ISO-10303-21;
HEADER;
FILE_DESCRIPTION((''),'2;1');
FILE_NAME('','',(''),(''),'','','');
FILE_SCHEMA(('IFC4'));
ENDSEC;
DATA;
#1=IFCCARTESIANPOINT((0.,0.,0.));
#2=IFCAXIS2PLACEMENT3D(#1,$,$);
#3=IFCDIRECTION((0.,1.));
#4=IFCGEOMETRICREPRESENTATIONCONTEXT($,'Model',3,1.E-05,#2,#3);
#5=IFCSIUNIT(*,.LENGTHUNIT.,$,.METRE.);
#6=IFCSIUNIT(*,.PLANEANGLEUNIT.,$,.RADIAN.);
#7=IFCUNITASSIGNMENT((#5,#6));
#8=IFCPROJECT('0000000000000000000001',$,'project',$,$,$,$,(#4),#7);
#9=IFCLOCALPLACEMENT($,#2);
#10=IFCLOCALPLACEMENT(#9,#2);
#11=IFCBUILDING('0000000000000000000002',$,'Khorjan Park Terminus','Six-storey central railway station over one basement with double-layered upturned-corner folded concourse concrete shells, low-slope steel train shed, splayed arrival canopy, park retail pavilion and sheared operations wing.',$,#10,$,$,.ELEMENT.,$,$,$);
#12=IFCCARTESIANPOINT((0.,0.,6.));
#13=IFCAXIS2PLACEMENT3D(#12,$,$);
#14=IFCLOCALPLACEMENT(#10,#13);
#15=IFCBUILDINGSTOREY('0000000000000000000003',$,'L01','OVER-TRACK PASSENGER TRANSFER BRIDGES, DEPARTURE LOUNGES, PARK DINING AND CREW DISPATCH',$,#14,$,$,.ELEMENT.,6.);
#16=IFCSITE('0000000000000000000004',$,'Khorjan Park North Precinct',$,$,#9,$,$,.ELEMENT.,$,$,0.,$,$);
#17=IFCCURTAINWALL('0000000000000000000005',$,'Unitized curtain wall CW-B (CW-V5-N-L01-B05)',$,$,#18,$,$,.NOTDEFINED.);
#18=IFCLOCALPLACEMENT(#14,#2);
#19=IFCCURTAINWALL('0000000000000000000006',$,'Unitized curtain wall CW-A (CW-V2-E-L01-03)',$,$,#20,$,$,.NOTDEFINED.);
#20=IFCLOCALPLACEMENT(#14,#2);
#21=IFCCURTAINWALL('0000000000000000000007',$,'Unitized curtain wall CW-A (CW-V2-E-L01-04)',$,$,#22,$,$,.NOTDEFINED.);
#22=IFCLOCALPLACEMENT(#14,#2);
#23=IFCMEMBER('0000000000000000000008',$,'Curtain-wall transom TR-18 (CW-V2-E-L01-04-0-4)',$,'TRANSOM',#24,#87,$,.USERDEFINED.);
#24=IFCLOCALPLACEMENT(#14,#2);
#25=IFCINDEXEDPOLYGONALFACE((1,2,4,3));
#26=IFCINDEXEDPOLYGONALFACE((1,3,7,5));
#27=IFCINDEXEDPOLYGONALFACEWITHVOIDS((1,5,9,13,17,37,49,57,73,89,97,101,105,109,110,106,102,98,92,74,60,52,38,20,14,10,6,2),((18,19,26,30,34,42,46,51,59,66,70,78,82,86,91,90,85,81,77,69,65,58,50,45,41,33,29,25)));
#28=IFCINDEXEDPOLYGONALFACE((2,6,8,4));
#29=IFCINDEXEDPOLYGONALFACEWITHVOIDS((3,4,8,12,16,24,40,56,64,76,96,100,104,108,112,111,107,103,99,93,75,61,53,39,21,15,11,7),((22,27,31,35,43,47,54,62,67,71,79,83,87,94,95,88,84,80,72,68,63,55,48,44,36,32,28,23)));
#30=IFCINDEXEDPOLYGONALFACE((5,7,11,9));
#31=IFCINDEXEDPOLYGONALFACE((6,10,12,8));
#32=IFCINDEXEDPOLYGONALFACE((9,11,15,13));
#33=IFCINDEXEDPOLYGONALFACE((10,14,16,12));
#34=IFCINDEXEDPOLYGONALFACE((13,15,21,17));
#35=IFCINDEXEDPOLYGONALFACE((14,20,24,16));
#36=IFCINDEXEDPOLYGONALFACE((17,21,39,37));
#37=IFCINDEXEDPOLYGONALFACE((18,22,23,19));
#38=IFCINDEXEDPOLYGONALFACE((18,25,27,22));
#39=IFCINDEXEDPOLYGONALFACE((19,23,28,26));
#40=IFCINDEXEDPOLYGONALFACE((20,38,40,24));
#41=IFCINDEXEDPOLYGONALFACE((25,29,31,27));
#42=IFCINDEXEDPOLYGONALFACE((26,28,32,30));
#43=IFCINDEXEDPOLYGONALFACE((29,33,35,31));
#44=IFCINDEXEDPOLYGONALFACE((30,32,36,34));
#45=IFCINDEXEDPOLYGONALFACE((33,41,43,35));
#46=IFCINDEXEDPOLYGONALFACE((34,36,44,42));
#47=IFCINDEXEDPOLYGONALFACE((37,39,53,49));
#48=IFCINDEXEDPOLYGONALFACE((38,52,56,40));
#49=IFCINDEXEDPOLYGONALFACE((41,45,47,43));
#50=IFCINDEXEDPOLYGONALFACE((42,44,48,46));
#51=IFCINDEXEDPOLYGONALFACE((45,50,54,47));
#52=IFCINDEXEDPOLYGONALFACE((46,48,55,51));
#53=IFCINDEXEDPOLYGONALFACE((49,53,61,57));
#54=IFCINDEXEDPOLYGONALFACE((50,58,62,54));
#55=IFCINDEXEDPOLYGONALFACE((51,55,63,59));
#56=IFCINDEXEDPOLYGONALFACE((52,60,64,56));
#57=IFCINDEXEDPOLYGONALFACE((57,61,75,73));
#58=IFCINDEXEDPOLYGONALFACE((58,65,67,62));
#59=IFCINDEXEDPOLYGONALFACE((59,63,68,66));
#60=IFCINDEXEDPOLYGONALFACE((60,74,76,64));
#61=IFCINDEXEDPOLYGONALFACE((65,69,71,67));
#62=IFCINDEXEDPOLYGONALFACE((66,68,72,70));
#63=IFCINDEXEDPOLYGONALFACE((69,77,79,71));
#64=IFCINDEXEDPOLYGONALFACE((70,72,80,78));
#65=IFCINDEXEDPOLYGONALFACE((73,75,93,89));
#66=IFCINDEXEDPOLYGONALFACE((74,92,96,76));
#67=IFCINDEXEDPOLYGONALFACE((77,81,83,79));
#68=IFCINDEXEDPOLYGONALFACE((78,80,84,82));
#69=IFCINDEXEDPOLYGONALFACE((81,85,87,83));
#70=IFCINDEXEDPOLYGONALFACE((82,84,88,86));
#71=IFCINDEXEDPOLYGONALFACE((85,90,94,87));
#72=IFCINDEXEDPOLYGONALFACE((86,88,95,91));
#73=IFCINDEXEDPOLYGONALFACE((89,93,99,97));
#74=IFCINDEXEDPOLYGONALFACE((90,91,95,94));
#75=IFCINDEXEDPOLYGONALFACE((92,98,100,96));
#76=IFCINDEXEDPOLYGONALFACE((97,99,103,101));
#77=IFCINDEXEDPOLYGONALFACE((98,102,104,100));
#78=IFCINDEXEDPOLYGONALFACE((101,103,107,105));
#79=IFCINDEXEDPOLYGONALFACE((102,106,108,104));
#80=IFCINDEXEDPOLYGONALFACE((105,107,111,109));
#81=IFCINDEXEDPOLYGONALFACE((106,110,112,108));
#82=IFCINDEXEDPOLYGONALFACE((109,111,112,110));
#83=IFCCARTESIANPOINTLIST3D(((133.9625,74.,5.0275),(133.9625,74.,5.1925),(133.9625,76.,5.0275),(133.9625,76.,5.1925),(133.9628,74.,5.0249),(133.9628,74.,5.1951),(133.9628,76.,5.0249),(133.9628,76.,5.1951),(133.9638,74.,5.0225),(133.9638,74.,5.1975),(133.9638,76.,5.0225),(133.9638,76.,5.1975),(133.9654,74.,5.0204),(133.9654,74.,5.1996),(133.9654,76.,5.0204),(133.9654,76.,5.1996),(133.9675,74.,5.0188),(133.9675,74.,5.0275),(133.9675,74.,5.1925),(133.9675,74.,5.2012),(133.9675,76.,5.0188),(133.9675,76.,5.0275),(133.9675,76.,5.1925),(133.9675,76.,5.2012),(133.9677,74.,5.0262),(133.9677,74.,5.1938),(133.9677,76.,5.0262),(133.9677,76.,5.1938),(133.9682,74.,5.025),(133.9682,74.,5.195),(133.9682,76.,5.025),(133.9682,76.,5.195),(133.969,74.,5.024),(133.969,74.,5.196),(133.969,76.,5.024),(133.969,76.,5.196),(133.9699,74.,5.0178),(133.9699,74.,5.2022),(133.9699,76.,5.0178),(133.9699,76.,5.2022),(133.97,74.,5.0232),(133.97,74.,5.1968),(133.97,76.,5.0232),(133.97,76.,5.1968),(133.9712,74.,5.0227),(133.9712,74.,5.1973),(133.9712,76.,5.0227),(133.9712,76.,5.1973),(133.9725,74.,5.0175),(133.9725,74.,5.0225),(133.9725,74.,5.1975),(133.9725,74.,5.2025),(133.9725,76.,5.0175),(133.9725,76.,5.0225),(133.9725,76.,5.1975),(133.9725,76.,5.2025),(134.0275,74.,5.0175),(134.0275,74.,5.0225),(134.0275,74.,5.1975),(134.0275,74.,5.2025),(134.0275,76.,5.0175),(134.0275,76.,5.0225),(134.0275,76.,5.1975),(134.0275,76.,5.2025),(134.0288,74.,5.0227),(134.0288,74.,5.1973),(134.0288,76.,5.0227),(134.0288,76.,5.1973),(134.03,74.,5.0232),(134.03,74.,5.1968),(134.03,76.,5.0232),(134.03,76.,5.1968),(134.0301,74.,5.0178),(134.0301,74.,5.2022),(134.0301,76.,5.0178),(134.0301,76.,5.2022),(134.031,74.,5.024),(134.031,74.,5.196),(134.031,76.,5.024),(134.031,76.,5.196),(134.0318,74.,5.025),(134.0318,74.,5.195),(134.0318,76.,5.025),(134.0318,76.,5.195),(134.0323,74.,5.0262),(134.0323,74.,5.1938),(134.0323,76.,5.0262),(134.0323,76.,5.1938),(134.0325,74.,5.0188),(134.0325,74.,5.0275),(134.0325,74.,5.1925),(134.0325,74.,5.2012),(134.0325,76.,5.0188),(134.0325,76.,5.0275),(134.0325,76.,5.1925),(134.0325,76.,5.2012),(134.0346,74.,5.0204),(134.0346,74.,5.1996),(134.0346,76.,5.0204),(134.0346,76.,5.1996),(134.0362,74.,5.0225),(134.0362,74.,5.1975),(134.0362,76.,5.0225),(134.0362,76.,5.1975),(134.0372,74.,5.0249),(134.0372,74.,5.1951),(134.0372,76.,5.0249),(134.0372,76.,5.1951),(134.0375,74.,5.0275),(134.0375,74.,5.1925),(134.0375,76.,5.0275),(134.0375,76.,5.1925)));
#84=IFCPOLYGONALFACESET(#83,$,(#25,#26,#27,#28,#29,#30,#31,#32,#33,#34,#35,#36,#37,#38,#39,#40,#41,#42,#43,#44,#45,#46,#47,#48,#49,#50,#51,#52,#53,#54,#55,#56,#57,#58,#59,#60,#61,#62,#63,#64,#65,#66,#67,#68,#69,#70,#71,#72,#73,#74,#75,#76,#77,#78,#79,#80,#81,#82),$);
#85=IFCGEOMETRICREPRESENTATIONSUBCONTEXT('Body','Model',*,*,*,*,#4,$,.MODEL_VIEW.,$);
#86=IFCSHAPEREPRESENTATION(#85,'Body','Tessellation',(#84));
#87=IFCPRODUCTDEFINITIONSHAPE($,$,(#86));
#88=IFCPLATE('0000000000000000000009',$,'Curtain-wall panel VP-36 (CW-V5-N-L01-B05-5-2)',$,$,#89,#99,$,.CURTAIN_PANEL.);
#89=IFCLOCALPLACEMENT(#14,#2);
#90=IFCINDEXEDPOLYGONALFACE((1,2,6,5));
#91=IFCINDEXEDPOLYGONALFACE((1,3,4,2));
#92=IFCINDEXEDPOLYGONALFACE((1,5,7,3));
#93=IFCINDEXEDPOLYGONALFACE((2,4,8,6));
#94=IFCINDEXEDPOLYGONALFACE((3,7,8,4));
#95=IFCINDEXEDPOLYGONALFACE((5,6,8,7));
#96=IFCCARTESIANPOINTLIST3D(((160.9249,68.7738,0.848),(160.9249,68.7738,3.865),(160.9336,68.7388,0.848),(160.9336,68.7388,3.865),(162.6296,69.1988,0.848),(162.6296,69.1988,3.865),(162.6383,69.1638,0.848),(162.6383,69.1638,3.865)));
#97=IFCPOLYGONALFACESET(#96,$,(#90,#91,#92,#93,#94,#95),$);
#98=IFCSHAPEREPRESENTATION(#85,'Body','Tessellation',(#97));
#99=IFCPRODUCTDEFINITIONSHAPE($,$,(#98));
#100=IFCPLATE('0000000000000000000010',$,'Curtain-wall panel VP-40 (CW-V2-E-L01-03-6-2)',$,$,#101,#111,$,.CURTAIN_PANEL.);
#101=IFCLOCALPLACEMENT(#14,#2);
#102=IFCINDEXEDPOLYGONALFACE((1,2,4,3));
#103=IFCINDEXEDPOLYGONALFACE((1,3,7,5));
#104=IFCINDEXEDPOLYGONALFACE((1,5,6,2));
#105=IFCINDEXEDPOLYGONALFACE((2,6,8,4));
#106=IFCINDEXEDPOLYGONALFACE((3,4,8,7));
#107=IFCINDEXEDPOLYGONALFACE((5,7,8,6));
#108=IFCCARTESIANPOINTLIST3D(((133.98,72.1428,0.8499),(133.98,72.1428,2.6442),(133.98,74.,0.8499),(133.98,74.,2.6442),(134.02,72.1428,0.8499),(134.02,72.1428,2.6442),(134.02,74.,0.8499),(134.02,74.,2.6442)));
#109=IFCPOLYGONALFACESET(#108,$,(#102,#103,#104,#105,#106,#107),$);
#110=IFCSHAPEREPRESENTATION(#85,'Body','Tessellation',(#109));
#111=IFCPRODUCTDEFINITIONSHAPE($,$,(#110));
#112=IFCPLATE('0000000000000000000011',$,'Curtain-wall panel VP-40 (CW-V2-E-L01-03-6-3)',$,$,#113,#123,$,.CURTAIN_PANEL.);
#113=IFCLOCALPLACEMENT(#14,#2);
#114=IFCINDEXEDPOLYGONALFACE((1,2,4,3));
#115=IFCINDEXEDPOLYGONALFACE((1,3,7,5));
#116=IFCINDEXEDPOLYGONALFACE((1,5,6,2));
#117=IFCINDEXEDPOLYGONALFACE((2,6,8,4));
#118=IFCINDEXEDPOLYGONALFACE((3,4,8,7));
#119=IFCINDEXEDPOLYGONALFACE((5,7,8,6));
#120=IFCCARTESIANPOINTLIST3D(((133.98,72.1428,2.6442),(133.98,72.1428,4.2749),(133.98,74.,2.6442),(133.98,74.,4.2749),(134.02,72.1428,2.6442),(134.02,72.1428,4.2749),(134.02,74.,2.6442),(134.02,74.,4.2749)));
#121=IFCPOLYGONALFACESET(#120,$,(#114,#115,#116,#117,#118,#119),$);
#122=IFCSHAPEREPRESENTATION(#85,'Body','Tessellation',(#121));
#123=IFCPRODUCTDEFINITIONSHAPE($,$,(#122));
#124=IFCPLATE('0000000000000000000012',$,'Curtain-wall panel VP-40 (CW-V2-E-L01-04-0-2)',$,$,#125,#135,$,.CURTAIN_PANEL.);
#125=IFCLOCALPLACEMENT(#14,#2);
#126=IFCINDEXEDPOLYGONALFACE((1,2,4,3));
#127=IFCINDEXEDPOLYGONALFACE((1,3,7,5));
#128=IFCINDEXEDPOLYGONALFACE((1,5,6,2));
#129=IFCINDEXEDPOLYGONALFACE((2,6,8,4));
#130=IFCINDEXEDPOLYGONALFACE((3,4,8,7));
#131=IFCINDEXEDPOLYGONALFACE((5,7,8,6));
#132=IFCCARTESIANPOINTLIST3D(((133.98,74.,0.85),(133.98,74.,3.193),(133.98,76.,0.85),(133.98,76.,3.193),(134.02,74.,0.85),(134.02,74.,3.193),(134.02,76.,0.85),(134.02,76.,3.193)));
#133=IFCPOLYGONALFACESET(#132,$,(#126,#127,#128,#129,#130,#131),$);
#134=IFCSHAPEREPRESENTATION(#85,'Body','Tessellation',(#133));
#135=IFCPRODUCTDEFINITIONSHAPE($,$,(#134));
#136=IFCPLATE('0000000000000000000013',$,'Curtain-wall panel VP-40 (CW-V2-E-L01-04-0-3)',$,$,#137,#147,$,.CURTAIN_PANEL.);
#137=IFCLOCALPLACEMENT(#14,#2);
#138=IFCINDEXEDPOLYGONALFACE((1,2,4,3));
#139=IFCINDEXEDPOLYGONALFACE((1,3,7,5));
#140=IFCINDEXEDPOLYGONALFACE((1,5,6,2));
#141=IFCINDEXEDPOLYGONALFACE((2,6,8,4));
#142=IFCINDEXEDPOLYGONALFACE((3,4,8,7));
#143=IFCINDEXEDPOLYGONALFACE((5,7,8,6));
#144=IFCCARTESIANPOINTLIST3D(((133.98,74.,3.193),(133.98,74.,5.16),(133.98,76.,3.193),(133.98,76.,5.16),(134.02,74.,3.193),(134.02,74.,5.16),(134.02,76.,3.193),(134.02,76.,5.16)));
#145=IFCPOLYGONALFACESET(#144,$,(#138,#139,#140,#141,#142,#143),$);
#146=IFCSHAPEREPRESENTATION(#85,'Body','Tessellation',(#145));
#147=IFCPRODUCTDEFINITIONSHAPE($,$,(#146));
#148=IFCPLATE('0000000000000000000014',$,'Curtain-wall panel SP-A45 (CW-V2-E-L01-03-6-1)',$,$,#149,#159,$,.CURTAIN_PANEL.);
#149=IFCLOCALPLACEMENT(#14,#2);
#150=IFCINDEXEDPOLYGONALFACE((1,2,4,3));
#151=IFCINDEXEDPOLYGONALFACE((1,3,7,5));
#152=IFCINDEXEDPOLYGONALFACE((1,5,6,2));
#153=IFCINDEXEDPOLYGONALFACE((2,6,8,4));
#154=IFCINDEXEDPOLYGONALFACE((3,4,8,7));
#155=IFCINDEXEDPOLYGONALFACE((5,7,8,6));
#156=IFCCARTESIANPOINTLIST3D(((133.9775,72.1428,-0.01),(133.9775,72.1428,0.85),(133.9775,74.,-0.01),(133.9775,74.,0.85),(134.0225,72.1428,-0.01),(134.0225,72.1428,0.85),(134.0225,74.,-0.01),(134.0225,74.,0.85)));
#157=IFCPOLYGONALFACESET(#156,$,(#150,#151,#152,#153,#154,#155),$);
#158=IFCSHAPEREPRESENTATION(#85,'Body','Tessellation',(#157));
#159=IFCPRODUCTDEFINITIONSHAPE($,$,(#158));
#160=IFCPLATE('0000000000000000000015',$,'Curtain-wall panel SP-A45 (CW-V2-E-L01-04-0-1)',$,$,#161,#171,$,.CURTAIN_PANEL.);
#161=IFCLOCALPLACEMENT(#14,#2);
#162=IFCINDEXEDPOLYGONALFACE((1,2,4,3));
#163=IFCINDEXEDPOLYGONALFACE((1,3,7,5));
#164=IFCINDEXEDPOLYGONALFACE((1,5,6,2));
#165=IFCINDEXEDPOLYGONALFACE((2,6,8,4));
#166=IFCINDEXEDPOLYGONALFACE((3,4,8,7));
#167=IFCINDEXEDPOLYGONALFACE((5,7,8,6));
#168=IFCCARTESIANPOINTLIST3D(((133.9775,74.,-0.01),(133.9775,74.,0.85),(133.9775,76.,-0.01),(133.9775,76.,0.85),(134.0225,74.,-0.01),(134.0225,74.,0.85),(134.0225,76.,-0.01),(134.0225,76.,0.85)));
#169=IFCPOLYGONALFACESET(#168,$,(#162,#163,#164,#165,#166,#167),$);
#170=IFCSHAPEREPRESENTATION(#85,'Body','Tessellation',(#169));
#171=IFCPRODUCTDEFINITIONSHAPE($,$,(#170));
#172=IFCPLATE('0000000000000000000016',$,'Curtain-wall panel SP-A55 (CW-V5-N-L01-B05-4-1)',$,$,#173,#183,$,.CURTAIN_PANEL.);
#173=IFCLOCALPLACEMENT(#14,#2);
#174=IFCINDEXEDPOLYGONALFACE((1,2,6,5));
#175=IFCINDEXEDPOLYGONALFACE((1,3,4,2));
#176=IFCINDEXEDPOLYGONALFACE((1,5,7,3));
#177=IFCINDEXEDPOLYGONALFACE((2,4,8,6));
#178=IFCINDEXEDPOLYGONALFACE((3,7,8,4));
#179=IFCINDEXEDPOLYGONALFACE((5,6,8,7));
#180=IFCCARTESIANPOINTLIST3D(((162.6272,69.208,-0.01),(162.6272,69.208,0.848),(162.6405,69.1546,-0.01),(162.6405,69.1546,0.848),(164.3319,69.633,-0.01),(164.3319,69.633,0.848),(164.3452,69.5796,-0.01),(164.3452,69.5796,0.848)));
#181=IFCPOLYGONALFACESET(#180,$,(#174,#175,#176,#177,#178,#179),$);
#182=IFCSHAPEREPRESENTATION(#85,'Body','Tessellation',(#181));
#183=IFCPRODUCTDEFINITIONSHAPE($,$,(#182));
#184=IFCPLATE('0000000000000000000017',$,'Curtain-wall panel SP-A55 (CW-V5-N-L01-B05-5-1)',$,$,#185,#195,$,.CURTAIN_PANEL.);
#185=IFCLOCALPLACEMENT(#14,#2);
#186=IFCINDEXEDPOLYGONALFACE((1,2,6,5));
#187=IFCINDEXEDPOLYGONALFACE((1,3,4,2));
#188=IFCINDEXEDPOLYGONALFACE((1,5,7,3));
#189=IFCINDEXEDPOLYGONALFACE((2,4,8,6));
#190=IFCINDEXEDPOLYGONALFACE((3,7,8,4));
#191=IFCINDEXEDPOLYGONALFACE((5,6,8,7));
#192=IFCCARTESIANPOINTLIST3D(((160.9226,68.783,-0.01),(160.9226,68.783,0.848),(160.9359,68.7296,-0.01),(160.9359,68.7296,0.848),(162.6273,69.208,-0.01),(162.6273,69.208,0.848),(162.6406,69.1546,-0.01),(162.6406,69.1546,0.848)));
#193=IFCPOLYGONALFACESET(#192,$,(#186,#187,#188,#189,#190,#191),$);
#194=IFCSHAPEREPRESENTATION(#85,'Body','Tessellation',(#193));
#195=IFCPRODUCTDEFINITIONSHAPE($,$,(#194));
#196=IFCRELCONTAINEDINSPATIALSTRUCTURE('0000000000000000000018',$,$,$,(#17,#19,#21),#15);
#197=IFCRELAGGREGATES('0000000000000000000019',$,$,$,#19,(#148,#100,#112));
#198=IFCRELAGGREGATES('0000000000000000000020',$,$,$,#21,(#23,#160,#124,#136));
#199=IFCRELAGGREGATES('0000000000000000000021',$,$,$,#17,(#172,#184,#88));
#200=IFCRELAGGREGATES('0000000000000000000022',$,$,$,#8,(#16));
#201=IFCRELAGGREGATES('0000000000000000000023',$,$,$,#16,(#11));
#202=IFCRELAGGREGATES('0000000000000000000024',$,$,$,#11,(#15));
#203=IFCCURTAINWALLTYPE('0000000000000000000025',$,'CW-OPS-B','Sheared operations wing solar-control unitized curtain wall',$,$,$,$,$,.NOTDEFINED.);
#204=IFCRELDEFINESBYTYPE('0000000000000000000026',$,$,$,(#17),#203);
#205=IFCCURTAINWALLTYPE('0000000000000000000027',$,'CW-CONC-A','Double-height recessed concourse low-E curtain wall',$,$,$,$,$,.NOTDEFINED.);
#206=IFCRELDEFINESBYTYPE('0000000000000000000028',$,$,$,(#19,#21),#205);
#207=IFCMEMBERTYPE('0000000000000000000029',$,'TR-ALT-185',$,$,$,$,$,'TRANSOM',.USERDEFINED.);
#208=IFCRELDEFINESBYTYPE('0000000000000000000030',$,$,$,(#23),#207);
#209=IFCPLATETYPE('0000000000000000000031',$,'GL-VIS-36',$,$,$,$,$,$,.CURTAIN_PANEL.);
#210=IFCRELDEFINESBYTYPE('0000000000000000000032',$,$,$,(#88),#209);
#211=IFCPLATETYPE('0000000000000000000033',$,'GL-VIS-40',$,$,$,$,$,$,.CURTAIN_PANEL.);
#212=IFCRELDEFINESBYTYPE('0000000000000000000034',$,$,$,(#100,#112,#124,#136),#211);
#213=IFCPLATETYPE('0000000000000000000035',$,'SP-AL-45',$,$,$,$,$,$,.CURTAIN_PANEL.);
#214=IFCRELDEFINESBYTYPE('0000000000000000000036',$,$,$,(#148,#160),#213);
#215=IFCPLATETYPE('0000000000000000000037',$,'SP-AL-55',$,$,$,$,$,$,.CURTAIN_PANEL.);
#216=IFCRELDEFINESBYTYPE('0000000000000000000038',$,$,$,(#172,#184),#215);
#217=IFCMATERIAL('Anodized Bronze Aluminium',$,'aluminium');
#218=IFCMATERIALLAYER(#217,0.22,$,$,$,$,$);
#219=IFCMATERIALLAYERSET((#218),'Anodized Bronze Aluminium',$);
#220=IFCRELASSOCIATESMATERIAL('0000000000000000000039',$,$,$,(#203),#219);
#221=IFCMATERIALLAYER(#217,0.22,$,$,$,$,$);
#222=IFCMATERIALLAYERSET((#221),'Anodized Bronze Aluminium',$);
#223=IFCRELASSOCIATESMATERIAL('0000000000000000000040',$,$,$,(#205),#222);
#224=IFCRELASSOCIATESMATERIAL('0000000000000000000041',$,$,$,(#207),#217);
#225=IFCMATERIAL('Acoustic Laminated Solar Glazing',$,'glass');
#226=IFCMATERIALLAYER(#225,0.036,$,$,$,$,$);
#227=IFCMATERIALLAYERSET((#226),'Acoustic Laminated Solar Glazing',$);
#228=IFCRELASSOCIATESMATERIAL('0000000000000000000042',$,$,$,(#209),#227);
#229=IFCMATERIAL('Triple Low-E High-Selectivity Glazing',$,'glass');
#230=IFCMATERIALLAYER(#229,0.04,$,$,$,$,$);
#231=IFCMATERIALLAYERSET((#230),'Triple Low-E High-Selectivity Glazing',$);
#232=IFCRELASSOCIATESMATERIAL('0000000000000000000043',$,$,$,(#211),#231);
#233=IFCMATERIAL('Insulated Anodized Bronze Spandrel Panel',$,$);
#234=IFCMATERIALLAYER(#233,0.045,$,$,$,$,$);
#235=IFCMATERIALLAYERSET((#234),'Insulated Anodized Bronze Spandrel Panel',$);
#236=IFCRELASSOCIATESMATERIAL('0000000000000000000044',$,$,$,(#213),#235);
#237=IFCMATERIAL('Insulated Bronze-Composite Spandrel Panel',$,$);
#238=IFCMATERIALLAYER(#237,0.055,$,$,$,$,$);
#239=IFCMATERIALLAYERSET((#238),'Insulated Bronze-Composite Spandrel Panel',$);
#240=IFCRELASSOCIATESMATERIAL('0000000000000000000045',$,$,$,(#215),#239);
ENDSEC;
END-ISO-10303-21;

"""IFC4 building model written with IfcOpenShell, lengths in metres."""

from ifc_helpers import new_model, si_unit, direction, frame, origin, origin_2d, place, context, subcontext, project, spatial, rectangle, hollow_rectangle, extrude, material, layer, layer_set, material_profile, profile_set, type_object, element, aggregate, save


model = new_model("IFC4")

# Units and contexts
model_context = context("Model", 3, precision=1e-05, world=origin(), true_north=direction((0.0, 1.0)))
body_context = subcontext(model_context, "Body", "Model", "MODEL_VIEW")
ifc_project = project(units=[si_unit("LENGTHUNIT", "METRE"), si_unit("PLANEANGLEUNIT", "RADIAN")], contexts=[model_context])

# Site, building, storey
site_placement = place(None, origin())
site = spatial("IfcSite", under=ifc_project, at=site_placement, Name="Khorjan Park North Precinct", CompositionType="ELEMENT", RefElevation=0.0)
building_placement = place(site_placement, origin())
building = spatial("IfcBuilding", under=site, at=building_placement, Name="Khorjan Park Terminus", Description="Six-storey central railway station over one basement with double-layered upturned-corner folded concourse concrete shells, low-slope steel train shed, splayed arrival canopy, park retail pavilion and sheared operations wing.", CompositionType="ELEMENT")
storey_placement = place(building_placement, frame((0.0, 0.0, 6.0)))
storey = spatial("IfcBuildingStorey", under=building, at=storey_placement, Name="L01", Description="OVER-TRACK PASSENGER TRANSFER BRIDGES, DEPARTURE LOUNGES, PARK DINING AND CREW DISPATCH", CompositionType="ELEMENT", Elevation=6.0)

# Curtain wall
ifc_material_1 = material(Name="Anodized Bronze Aluminium", Category="aluminium")
ifc_layer_1 = layer(ifc_material_1, 0.22)
ifc_layer_set_1 = layer_set([ifc_layer_1], Name="Anodized Bronze Aluminium")
curtain_wall_type_1 = type_object("IfcCurtainWallType", Name="CW-OPS-B", Description="Sheared operations wing solar-control unitized curtain wall", PredefinedType="NOTDEFINED", material=ifc_layer_set_1)
curtain_wall_1_placement = place(storey_placement, origin())
curtain_wall_1 = element("IfcCurtainWall", 1, at=curtain_wall_1_placement, inside=storey, type_object=curtain_wall_type_1, Name="Unitized curtain wall CW-B (CW-V5-N-L01-B05)", PredefinedType="NOTDEFINED")

# Curtain wall
ifc_layer_2 = layer(ifc_material_1, 0.22)
ifc_layer_set_2 = layer_set([ifc_layer_2], Name="Anodized Bronze Aluminium")
curtain_wall_type_2 = type_object("IfcCurtainWallType", Name="CW-CONC-A", Description="Double-height recessed concourse low-E curtain wall", PredefinedType="NOTDEFINED", material=ifc_layer_set_2)
curtain_wall_2_placement = place(storey_placement, origin())
curtain_wall_2 = element("IfcCurtainWall", 2, at=curtain_wall_2_placement, inside=storey, type_object=curtain_wall_type_2, Name="Unitized curtain wall CW-A (CW-V2-E-L01-03)", PredefinedType="NOTDEFINED")

# Shared definitions
ifc_material_profile_1 = material_profile(ifc_material_1, hollow_rectangle(XDim=0.075, YDim=0.185, WallThickness=0.005, InnerFilletRadius=0.005, OuterFilletRadius=0.01, at=origin_2d()), Name="ALT 75x185x5")
ifc_profile_set_1 = profile_set([ifc_material_profile_1], Name="Anodized Bronze Aluminium")
member_type_1 = type_object("IfcMemberType", Name="TR-ALT-185", ElementType="TRANSOM", PredefinedType="USERDEFINED", material=ifc_profile_set_1)

# Curtain wall, member
curtain_wall_3_placement = place(storey_placement, origin())
curtain_wall_3 = element("IfcCurtainWall", 3, at=curtain_wall_3_placement, inside=storey, type_object=curtain_wall_type_2, Name="Unitized curtain wall CW-A (CW-V2-E-L01-04)", PredefinedType="NOTDEFINED")
member_1_placement = place(storey_placement, frame((134.0, 74.0, 5.11), z_axis=(0.0, 1.0, 0.0), x_axis=(-1.0, 0.0, 0.0)))
member_1 = element("IfcMember", 4, at=member_1_placement, type_object=member_type_1, Name="Curtain-wall transom TR-18 (CW-V2-E-L01-04-0-4)", ObjectType="TRANSOM", PredefinedType="USERDEFINED", context=body_context, shape_type="SweptSolid", body=[
    extrude(hollow_rectangle(XDim=0.075, YDim=0.185, WallThickness=0.005, InnerFilletRadius=0.005, OuterFilletRadius=0.01, at=origin_2d()), origin(), (0.0, 0.0, 1.0), 2.0),
])

# Plates
ifc_material_2 = material(Name="Acoustic Laminated Solar Glazing", Category="glass")
ifc_layer_3 = layer(ifc_material_2, 0.036)
ifc_layer_set_3 = layer_set([ifc_layer_3], Name="Acoustic Laminated Solar Glazing")
plate_type_1 = type_object("IfcPlateType", Name="GL-VIS-36", PredefinedType="CURTAIN_PANEL", material=ifc_layer_set_3)
plate_1_placement = place(storey_placement, frame((161.7816, 68.9688, 0.848), z_axis=(0.0, 0.0, 1.0), x_axis=(-0.970299, -0.241911, 0.0)))
plate_1 = element("IfcPlate", 5, at=plate_1_placement, type_object=plate_type_1, Name="Curtain-wall panel VP-36 (CW-V5-N-L01-B05-5-2)", PredefinedType="CURTAIN_PANEL", context=body_context, shape_type="SweptSolid", body=[
    extrude(rectangle(XDim=1.7568, YDim=0.036, at=origin_2d()), origin(), (0.0, 0.0, 1.0), 3.017),
])
ifc_material_3 = material(Name="Triple Low-E High-Selectivity Glazing", Category="glass")
ifc_layer_4 = layer(ifc_material_3, 0.04)
ifc_layer_set_4 = layer_set([ifc_layer_4], Name="Triple Low-E High-Selectivity Glazing")
plate_type_2 = type_object("IfcPlateType", Name="GL-VIS-40", PredefinedType="CURTAIN_PANEL", material=ifc_layer_set_4)
plate_2_placement = place(storey_placement, frame((134.0, 73.0714, 0.8499), z_axis=(0.0, 0.0, 1.0), x_axis=(0.0, 1.0, 0.0)))
plate_2 = element("IfcPlate", 6, at=plate_2_placement, type_object=plate_type_2, Name="Curtain-wall panel VP-40 (CW-V2-E-L01-03-6-2)", PredefinedType="CURTAIN_PANEL", context=body_context, shape_type="SweptSolid", body=[
    extrude(rectangle(XDim=1.8571, YDim=0.04, at=origin_2d()), origin(), (0.0, 0.0, 1.0), 1.7943),
])
plate_3_placement = place(storey_placement, frame((134.0, 73.0714, 2.6442), z_axis=(0.0, 0.0, 1.0), x_axis=(0.0, 1.0, 0.0)))
plate_3 = element("IfcPlate", 7, at=plate_3_placement, type_object=plate_type_2, Name="Curtain-wall panel VP-40 (CW-V2-E-L01-03-6-3)", PredefinedType="CURTAIN_PANEL", context=body_context, shape_type="SweptSolid", body=[
    extrude(rectangle(XDim=1.8571, YDim=0.04, at=origin_2d()), origin(), (0.0, 0.0, 1.0), 1.6307),
])
plate_4_placement = place(storey_placement, frame((134.0, 75.0, 0.85), z_axis=(0.0, 0.0, 1.0), x_axis=(0.0, 1.0, 0.0)))
plate_4 = element("IfcPlate", 8, at=plate_4_placement, type_object=plate_type_2, Name="Curtain-wall panel VP-40 (CW-V2-E-L01-04-0-2)", PredefinedType="CURTAIN_PANEL", context=body_context, shape_type="SweptSolid", body=[
    extrude(rectangle(XDim=2.0, YDim=0.04, at=origin_2d()), origin(), (0.0, 0.0, 1.0), 2.343),
])
plate_5_placement = place(storey_placement, frame((134.0, 75.0, 3.193), z_axis=(0.0, 0.0, 1.0), x_axis=(0.0, 1.0, 0.0)))
plate_5 = element("IfcPlate", 9, at=plate_5_placement, type_object=plate_type_2, Name="Curtain-wall panel VP-40 (CW-V2-E-L01-04-0-3)", PredefinedType="CURTAIN_PANEL", context=body_context, shape_type="SweptSolid", body=[
    extrude(rectangle(XDim=2.0, YDim=0.04, at=origin_2d()), origin(), (0.0, 0.0, 1.0), 1.967),
])
ifc_material_4 = material(Name="Insulated Anodized Bronze Spandrel Panel")
ifc_layer_5 = layer(ifc_material_4, 0.045)
ifc_layer_set_5 = layer_set([ifc_layer_5], Name="Insulated Anodized Bronze Spandrel Panel")
plate_type_3 = type_object("IfcPlateType", Name="SP-AL-45", PredefinedType="CURTAIN_PANEL", material=ifc_layer_set_5)
plate_6_placement = place(storey_placement, frame((134.0, 73.0714, -0.01), z_axis=(0.0, 0.0, 1.0), x_axis=(0.0, 1.0, 0.0)))
plate_6 = element("IfcPlate", 10, at=plate_6_placement, type_object=plate_type_3, Name="Curtain-wall panel SP-A45 (CW-V2-E-L01-03-6-1)", PredefinedType="CURTAIN_PANEL", context=body_context, shape_type="SweptSolid", body=[
    extrude(rectangle(XDim=1.8571, YDim=0.045, at=origin_2d()), origin(), (0.0, 0.0, 1.0), 0.86),
])
aggregate(curtain_wall_2, [plate_6, plate_2, plate_3])
plate_7_placement = place(storey_placement, frame((134.0, 75.0, -0.01), z_axis=(0.0, 0.0, 1.0), x_axis=(0.0, 1.0, 0.0)))
plate_7 = element("IfcPlate", 11, at=plate_7_placement, type_object=plate_type_3, Name="Curtain-wall panel SP-A45 (CW-V2-E-L01-04-0-1)", PredefinedType="CURTAIN_PANEL", context=body_context, shape_type="SweptSolid", body=[
    extrude(rectangle(XDim=2.0, YDim=0.045, at=origin_2d()), origin(), (0.0, 0.0, 1.0), 0.86),
])
aggregate(curtain_wall_3, [member_1, plate_7, plate_4, plate_5])
ifc_material_5 = material(Name="Insulated Bronze-Composite Spandrel Panel")
ifc_layer_6 = layer(ifc_material_5, 0.055)
ifc_layer_set_6 = layer_set([ifc_layer_6], Name="Insulated Bronze-Composite Spandrel Panel")
plate_type_4 = type_object("IfcPlateType", Name="SP-AL-55", PredefinedType="CURTAIN_PANEL", material=ifc_layer_set_6)
plate_8_placement = place(storey_placement, frame((163.4862, 69.3938, -0.01), z_axis=(0.0, 0.0, 1.0), x_axis=(-0.970299, -0.241911, 0.0)))
plate_8 = element("IfcPlate", 12, at=plate_8_placement, type_object=plate_type_4, Name="Curtain-wall panel SP-A55 (CW-V5-N-L01-B05-4-1)", PredefinedType="CURTAIN_PANEL", context=body_context, shape_type="SweptSolid", body=[
    extrude(rectangle(XDim=1.7568, YDim=0.055, at=origin_2d()), origin(), (0.0, 0.0, 1.0), 0.858),
])
plate_9_placement = place(storey_placement, frame((161.7816, 68.9688, -0.01), z_axis=(0.0, 0.0, 1.0), x_axis=(-0.970299, -0.241911, 0.0)))
plate_9 = element("IfcPlate", 13, at=plate_9_placement, type_object=plate_type_4, Name="Curtain-wall panel SP-A55 (CW-V5-N-L01-B05-5-1)", PredefinedType="CURTAIN_PANEL", context=body_context, shape_type="SweptSolid", body=[
    extrude(rectangle(XDim=1.7568, YDim=0.055, at=origin_2d()), origin(), (0.0, 0.0, 1.0), 0.858),
])
aggregate(curtain_wall_1, [plate_8, plate_9, plate_1])

save(model, "model.ifc")
